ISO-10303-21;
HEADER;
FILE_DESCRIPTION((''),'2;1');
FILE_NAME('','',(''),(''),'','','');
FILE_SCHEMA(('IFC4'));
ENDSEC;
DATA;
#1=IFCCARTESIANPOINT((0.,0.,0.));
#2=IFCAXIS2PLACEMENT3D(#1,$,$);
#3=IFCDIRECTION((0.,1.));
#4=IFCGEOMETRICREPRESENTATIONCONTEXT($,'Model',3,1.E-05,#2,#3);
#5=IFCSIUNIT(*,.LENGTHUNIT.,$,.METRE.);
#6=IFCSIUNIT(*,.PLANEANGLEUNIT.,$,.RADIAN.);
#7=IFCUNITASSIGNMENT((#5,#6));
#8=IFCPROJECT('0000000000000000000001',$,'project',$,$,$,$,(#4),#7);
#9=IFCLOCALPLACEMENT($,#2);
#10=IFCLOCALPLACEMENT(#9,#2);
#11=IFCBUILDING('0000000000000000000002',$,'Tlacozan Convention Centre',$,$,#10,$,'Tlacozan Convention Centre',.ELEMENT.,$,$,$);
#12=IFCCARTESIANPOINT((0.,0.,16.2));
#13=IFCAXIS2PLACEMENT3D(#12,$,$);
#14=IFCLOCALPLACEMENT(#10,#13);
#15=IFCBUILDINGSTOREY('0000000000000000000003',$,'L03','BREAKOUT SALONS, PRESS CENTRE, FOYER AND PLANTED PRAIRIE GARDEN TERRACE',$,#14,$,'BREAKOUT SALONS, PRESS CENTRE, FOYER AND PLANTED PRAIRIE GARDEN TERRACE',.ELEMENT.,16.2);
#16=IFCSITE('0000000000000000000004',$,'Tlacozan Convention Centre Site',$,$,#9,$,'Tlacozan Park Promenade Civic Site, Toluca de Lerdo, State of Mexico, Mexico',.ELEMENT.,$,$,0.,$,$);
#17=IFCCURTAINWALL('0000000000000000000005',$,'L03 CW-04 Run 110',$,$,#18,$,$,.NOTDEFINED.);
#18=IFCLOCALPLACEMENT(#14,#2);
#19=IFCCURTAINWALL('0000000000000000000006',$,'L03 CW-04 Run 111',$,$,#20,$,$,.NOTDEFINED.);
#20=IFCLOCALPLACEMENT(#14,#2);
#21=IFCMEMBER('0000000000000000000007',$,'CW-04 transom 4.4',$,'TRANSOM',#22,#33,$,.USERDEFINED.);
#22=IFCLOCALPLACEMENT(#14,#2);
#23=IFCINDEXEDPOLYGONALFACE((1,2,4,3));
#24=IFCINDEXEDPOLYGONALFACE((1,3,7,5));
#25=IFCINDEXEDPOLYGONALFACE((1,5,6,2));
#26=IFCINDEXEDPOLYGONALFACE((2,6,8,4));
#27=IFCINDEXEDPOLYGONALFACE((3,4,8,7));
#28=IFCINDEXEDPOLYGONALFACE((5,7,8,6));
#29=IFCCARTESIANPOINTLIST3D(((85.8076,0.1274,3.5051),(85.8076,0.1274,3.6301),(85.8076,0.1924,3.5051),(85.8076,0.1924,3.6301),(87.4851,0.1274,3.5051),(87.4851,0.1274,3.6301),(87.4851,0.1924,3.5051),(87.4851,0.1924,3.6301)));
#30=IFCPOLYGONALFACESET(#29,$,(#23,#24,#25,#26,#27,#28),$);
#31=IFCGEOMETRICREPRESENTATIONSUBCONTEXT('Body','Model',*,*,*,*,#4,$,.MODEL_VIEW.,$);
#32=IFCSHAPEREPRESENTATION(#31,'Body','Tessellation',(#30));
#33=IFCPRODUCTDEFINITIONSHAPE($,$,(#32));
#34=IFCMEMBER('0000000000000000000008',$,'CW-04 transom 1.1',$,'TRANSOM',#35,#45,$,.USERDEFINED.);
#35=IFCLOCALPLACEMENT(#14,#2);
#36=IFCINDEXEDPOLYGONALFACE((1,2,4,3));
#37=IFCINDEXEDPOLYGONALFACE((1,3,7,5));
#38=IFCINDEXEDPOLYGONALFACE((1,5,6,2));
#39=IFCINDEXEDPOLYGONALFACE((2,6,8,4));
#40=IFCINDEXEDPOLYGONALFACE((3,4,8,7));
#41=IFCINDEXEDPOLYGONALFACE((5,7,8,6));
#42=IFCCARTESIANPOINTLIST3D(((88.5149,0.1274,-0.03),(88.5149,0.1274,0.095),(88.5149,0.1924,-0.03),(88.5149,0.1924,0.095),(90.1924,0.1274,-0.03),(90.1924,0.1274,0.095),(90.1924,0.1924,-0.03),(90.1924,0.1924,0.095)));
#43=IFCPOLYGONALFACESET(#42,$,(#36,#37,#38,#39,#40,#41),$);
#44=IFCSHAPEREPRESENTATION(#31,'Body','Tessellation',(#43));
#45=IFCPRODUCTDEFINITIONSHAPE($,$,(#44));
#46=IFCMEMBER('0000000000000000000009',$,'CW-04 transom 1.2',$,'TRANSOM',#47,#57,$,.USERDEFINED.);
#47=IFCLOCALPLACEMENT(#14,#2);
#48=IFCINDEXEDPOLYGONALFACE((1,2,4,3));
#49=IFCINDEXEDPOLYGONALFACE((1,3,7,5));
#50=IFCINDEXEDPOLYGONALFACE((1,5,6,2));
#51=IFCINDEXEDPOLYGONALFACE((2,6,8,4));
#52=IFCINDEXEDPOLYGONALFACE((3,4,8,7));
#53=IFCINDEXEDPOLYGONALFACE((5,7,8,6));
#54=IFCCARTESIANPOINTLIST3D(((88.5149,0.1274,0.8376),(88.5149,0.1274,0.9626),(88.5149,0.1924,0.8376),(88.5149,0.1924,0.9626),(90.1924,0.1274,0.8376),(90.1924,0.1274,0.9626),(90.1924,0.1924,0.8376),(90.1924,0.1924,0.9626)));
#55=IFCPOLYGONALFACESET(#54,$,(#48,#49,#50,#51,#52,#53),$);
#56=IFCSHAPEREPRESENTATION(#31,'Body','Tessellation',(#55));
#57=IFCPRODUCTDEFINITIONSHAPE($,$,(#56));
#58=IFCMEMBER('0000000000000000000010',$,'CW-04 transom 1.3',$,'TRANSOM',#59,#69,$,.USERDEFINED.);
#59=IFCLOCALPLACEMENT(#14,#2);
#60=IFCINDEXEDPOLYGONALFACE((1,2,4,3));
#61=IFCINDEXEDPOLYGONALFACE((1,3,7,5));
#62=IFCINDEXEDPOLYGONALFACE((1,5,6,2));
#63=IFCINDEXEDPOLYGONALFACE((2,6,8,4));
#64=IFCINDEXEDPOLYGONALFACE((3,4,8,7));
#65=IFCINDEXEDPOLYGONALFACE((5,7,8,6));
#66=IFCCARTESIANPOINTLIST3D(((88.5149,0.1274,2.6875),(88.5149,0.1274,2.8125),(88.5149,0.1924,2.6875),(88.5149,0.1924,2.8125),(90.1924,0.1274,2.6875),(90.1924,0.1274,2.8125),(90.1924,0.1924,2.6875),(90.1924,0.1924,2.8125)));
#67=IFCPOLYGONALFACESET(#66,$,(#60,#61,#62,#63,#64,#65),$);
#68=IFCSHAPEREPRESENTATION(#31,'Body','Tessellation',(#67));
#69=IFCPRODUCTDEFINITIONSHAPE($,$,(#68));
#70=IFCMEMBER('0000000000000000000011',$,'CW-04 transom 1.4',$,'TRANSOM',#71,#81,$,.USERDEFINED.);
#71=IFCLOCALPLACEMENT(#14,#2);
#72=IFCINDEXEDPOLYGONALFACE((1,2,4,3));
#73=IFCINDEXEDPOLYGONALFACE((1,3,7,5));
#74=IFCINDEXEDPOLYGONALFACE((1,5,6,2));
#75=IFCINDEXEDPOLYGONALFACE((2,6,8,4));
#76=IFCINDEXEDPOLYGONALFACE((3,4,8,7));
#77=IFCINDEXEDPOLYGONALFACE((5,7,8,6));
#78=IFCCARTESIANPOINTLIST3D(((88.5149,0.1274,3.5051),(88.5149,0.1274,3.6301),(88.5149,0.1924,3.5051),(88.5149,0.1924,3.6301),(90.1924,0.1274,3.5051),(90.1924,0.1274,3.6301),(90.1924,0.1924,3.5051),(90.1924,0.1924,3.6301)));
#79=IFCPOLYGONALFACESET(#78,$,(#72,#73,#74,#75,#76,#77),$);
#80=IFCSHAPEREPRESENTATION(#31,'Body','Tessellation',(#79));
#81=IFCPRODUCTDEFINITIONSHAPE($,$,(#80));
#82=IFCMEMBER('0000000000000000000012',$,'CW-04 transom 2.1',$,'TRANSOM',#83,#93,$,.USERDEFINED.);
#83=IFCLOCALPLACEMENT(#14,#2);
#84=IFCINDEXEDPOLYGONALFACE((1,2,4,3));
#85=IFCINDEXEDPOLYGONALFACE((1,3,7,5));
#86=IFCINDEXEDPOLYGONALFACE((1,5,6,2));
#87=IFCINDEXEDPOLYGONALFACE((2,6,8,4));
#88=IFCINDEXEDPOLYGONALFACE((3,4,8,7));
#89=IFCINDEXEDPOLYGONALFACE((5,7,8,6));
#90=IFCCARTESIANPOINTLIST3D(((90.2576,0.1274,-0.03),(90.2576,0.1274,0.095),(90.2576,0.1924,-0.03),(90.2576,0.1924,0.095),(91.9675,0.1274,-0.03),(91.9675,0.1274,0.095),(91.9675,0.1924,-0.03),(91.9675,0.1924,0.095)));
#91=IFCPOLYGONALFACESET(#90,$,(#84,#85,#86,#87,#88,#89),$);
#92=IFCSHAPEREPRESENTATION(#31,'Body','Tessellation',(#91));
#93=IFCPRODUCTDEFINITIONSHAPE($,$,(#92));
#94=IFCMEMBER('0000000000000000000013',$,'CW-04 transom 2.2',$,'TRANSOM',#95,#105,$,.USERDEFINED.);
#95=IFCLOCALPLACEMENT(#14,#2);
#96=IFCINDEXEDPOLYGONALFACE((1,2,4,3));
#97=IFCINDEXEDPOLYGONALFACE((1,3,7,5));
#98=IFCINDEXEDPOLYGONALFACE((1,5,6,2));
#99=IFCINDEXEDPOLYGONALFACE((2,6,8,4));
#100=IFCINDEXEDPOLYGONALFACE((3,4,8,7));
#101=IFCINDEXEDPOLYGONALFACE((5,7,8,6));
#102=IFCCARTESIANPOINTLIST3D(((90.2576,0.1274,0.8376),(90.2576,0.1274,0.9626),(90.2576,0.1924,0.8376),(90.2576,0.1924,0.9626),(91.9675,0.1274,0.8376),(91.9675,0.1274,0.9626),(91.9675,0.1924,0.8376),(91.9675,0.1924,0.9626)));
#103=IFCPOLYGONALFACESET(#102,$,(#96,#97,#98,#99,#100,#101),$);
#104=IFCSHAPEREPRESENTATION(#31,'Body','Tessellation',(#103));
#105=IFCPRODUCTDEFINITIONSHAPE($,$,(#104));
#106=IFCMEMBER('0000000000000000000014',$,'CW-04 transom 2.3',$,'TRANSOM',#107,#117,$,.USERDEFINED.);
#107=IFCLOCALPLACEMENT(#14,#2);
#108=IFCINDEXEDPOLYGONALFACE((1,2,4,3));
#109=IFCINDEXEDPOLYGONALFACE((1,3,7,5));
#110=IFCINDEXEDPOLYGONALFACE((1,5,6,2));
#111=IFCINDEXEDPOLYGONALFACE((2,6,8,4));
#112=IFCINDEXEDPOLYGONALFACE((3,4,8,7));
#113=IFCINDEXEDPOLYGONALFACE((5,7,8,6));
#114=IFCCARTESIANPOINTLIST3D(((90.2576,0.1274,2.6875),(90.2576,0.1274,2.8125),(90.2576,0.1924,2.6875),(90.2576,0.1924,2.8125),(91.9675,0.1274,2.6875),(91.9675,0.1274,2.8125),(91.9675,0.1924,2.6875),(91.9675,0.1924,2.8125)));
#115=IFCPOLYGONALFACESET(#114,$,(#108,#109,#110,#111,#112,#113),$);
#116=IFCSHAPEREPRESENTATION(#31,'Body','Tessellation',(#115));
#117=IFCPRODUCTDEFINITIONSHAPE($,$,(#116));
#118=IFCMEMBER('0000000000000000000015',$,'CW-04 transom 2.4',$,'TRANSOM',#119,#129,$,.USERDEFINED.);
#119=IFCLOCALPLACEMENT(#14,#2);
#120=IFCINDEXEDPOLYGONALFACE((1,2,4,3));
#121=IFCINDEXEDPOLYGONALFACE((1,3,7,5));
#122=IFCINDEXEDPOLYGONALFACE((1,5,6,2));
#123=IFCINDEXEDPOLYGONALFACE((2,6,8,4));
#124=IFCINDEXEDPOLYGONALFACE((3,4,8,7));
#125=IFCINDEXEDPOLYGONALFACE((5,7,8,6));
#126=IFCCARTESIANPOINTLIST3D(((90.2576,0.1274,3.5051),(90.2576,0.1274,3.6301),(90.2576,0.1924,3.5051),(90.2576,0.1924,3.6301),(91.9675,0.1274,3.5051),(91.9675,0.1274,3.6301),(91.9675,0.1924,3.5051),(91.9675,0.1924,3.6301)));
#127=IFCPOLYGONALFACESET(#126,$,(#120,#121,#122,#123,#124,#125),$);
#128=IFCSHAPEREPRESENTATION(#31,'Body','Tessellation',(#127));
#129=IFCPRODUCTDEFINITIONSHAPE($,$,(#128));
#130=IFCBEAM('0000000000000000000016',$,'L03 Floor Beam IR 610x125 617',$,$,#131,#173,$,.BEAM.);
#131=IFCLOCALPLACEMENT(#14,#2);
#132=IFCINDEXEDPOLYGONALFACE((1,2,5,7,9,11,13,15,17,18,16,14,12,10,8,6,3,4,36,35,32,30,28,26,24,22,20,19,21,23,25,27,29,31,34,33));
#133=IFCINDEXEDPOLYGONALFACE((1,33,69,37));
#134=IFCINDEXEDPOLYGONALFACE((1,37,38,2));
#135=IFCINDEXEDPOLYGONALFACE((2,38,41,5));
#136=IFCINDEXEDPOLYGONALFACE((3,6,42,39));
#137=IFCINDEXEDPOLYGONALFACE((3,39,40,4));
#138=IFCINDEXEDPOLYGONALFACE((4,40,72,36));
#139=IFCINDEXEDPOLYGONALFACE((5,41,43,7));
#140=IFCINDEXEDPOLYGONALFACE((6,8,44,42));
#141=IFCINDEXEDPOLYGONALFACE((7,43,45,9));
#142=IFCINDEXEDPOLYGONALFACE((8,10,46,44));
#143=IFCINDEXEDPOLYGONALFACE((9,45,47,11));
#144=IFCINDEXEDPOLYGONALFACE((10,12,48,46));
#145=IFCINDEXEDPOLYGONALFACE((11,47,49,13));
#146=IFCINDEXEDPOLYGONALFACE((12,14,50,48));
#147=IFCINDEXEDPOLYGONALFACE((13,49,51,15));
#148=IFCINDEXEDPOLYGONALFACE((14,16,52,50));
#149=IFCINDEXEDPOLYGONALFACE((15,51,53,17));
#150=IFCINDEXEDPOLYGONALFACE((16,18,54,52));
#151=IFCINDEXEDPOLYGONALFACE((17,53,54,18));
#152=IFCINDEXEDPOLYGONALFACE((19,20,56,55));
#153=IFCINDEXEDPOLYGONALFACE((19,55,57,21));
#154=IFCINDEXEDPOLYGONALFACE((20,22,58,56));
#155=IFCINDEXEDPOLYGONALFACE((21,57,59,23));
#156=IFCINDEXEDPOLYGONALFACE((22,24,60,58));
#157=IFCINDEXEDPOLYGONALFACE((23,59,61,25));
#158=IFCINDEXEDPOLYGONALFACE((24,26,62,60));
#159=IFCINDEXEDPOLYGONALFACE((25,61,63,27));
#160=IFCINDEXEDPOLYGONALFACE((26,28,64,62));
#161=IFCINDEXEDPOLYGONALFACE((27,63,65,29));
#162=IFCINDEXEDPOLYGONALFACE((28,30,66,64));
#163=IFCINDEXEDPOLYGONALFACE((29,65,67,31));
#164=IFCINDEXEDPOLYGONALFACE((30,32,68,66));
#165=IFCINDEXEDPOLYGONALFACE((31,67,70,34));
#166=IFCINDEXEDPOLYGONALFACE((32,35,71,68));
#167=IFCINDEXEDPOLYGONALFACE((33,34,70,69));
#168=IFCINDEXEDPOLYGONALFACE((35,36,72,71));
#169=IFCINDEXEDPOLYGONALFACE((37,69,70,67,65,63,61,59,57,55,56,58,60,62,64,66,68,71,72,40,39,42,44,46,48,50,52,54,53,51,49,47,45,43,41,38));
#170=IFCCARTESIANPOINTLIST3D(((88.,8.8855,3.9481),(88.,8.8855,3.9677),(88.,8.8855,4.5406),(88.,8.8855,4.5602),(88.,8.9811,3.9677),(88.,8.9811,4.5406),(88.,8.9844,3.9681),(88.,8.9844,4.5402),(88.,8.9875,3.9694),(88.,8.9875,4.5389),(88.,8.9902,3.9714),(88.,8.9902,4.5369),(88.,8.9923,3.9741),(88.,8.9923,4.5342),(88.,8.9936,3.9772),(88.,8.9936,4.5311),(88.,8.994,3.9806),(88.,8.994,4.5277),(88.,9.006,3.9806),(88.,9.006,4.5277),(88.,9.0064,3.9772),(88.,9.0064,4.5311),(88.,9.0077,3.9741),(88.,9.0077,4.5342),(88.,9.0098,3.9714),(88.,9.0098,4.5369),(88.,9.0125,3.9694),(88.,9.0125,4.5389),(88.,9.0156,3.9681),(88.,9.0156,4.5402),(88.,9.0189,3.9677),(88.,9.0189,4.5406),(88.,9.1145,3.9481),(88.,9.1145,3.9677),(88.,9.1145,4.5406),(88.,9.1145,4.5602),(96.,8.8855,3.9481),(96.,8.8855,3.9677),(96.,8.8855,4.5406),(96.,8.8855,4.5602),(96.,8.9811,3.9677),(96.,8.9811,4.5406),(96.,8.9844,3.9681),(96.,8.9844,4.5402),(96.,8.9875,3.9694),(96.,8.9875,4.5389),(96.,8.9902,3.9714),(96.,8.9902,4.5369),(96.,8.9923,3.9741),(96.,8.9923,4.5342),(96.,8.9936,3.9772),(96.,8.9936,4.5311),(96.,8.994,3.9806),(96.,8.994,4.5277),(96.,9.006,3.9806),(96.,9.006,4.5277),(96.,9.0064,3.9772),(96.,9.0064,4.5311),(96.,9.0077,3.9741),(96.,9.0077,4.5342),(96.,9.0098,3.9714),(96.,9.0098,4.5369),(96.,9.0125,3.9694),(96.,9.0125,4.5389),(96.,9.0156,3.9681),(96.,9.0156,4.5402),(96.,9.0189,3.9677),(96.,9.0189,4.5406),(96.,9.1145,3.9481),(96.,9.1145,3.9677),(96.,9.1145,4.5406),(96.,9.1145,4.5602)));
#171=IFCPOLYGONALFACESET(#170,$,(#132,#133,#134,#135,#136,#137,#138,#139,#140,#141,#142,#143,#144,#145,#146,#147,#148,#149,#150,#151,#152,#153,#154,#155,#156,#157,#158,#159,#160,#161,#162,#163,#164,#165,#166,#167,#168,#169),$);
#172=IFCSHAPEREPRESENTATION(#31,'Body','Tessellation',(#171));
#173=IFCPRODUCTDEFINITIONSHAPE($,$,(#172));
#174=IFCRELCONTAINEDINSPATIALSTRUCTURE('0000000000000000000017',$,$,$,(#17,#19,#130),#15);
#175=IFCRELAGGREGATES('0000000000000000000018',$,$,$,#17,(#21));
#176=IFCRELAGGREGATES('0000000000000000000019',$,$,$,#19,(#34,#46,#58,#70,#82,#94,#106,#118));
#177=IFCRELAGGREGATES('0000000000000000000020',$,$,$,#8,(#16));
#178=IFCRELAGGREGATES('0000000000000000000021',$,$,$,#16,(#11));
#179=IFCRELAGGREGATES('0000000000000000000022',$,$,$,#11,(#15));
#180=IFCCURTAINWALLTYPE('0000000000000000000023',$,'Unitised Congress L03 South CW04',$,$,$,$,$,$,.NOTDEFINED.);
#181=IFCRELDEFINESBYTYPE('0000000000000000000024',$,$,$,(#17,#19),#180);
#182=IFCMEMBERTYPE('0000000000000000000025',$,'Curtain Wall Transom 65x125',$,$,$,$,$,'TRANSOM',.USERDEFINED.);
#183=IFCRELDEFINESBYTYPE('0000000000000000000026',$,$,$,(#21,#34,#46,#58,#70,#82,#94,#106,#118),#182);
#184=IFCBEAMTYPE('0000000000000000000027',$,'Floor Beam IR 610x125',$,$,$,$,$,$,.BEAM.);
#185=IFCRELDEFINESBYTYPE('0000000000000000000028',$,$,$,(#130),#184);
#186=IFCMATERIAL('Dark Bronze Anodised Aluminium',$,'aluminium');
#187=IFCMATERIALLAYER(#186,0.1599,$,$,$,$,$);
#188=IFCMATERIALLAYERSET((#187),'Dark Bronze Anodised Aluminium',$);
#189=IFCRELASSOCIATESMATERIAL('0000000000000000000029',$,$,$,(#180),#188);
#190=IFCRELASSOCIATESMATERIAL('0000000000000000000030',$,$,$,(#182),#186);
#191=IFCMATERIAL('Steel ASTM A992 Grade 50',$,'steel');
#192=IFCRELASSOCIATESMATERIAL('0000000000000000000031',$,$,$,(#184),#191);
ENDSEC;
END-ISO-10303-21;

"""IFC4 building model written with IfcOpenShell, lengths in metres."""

from ifc_helpers import new_model, si_unit, direction, frame, origin, origin_2d, place, context, subcontext, project, spatial, rectangle, i_section, extrude, material, layer, layer_set, material_profile, profile_set, type_object, element, aggregate, save


model = new_model("IFC4")

# Units and contexts
model_context = context("Model", 3, precision=1e-05, world=origin(), true_north=direction((0.0, 1.0)))
body_context = subcontext(model_context, "Body", "Model", "MODEL_VIEW")
ifc_project = project(units=[si_unit("LENGTHUNIT", "METRE"), si_unit("PLANEANGLEUNIT", "RADIAN")], contexts=[model_context])

# Site, building, storey
site_placement = place(None, origin())
site = spatial("IfcSite", under=ifc_project, at=site_placement, Name="Tlacozan Convention Centre Site", LongName="Tlacozan Park Promenade Civic Site, Toluca de Lerdo, State of Mexico, Mexico", CompositionType="ELEMENT", RefElevation=0.0)
building_placement = place(site_placement, origin())
building = spatial("IfcBuilding", under=site, at=building_placement, Name="Tlacozan Convention Centre", LongName="Tlacozan Convention Centre", CompositionType="ELEMENT")
storey_placement = place(building_placement, frame((0.0, 0.0, 16.2)))
storey = spatial("IfcBuildingStorey", under=building, at=storey_placement, Name="L03", Description="BREAKOUT SALONS, PRESS CENTRE, FOYER AND PLANTED PRAIRIE GARDEN TERRACE", LongName="BREAKOUT SALONS, PRESS CENTRE, FOYER AND PLANTED PRAIRIE GARDEN TERRACE", CompositionType="ELEMENT", Elevation=16.2)

# Curtain walls
ifc_material_1 = material(Name="Dark Bronze Anodised Aluminium", Category="aluminium")
ifc_layer_1 = layer(ifc_material_1, 0.1599)
ifc_layer_set_1 = layer_set([ifc_layer_1], Name="Dark Bronze Anodised Aluminium")
curtain_wall_type = type_object("IfcCurtainWallType", Name="Unitised Congress L03 South CW04", PredefinedType="NOTDEFINED", material=ifc_layer_set_1)
curtain_wall_1_placement = place(storey_placement, origin())
curtain_wall_1 = element("IfcCurtainWall", 1, at=curtain_wall_1_placement, inside=storey, type_object=curtain_wall_type, Name="L03 CW-04 Run 110", PredefinedType="NOTDEFINED")
curtain_wall_2_placement = place(storey_placement, origin())
curtain_wall_2 = element("IfcCurtainWall", 2, at=curtain_wall_2_placement, inside=storey, type_object=curtain_wall_type, Name="L03 CW-04 Run 111", PredefinedType="NOTDEFINED")

# Members
ifc_material_profile_1 = material_profile(ifc_material_1, rectangle(XDim=0.0649, YDim=0.125, at=origin_2d()), Name="ALU 65x125")
ifc_profile_set_1 = profile_set([ifc_material_profile_1], Name="Dark Bronze Anodised Aluminium")
member_type_1 = type_object("IfcMemberType", Name="Curtain Wall Transom 65x125", ElementType="TRANSOM", PredefinedType="USERDEFINED", material=ifc_profile_set_1)
member_1_placement = place(storey_placement, frame((85.8076, 0.1599, 3.5676), z_axis=(1.0, 0.0, 0.0), x_axis=(0.0, 1.0, 0.0)))
member_1 = element("IfcMember", 3, at=member_1_placement, type_object=member_type_1, Name="CW-04 transom 4.4", ObjectType="TRANSOM", PredefinedType="USERDEFINED", context=body_context, shape_type="SweptSolid", body=[
    extrude(rectangle(XDim=0.0649, YDim=0.125, at=origin_2d()), origin(), (0.0, 0.0, 1.0), 1.6775),
])
member_2_placement = place(storey_placement, frame((88.5149, 0.1599, 0.0325), z_axis=(1.0, 0.0, 0.0), x_axis=(0.0, 1.0, 0.0)))
member_2 = element("IfcMember", 4, at=member_2_placement, type_object=member_type_1, Name="CW-04 transom 1.1", ObjectType="TRANSOM", PredefinedType="USERDEFINED", context=body_context, shape_type="SweptSolid", body=[
    extrude(rectangle(XDim=0.0649, YDim=0.125, at=origin_2d()), origin(), (0.0, 0.0, 1.0), 1.6775),
])
member_3_placement = place(storey_placement, frame((88.5149, 0.1599, 0.9001), z_axis=(1.0, 0.0, 0.0), x_axis=(0.0, 1.0, 0.0)))
member_3 = element("IfcMember", 5, at=member_3_placement, type_object=member_type_1, Name="CW-04 transom 1.2", ObjectType="TRANSOM", PredefinedType="USERDEFINED", context=body_context, shape_type="SweptSolid", body=[
    extrude(rectangle(XDim=0.0649, YDim=0.125, at=origin_2d()), origin(), (0.0, 0.0, 1.0), 1.6775),
])
member_4_placement = place(storey_placement, frame((88.5149, 0.1599, 2.75), z_axis=(1.0, 0.0, 0.0), x_axis=(0.0, 1.0, 0.0)))
member_4 = element("IfcMember", 6, at=member_4_placement, type_object=member_type_1, Name="CW-04 transom 1.3", ObjectType="TRANSOM", PredefinedType="USERDEFINED", context=body_context, shape_type="SweptSolid", body=[
    extrude(rectangle(XDim=0.0649, YDim=0.125, at=origin_2d()), origin(), (0.0, 0.0, 1.0), 1.6775),
])
member_5_placement = place(storey_placement, frame((88.5149, 0.1599, 3.5676), z_axis=(1.0, 0.0, 0.0), x_axis=(0.0, 1.0, 0.0)))
member_5 = element("IfcMember", 7, at=member_5_placement, type_object=member_type_1, Name="CW-04 transom 1.4", ObjectType="TRANSOM", PredefinedType="USERDEFINED", context=body_context, shape_type="SweptSolid", body=[
    extrude(rectangle(XDim=0.0649, YDim=0.125, at=origin_2d()), origin(), (0.0, 0.0, 1.0), 1.6775),
])
member_6_placement = place(storey_placement, frame((90.2576, 0.1599, 0.0325), z_axis=(1.0, 0.0, 0.0), x_axis=(0.0, 1.0, 0.0)))
member_6 = element("IfcMember", 8, at=member_6_placement, type_object=member_type_1, Name="CW-04 transom 2.1", ObjectType="TRANSOM", PredefinedType="USERDEFINED", context=body_context, shape_type="SweptSolid", body=[
    extrude(rectangle(XDim=0.0649, YDim=0.125, at=origin_2d()), origin(), (0.0, 0.0, 1.0), 1.71),
])
member_7_placement = place(storey_placement, frame((90.2576, 0.1599, 0.9001), z_axis=(1.0, 0.0, 0.0), x_axis=(0.0, 1.0, 0.0)))
member_7 = element("IfcMember", 9, at=member_7_placement, type_object=member_type_1, Name="CW-04 transom 2.2", ObjectType="TRANSOM", PredefinedType="USERDEFINED", context=body_context, shape_type="SweptSolid", body=[
    extrude(rectangle(XDim=0.0649, YDim=0.125, at=origin_2d()), origin(), (0.0, 0.0, 1.0), 1.71),
])
member_8_placement = place(storey_placement, frame((90.2576, 0.1599, 2.75), z_axis=(1.0, 0.0, 0.0), x_axis=(0.0, 1.0, 0.0)))
member_8 = element("IfcMember", 10, at=member_8_placement, type_object=member_type_1, Name="CW-04 transom 2.3", ObjectType="TRANSOM", PredefinedType="USERDEFINED", context=body_context, shape_type="SweptSolid", body=[
    extrude(rectangle(XDim=0.0649, YDim=0.125, at=origin_2d()), origin(), (0.0, 0.0, 1.0), 1.71),
])
member_9_placement = place(storey_placement, frame((90.2576, 0.1599, 3.5676), z_axis=(1.0, 0.0, 0.0), x_axis=(0.0, 1.0, 0.0)))
member_9 = element("IfcMember", 11, at=member_9_placement, type_object=member_type_1, Name="CW-04 transom 2.4", ObjectType="TRANSOM", PredefinedType="USERDEFINED", context=body_context, shape_type="SweptSolid", body=[
    extrude(rectangle(XDim=0.0649, YDim=0.125, at=origin_2d()), origin(), (0.0, 0.0, 1.0), 1.71),
])

# Beam
ifc_material_2 = material(Name="Steel ASTM A992 Grade 50", Category="steel")
ifc_material_profile_2 = material_profile(ifc_material_2, i_section(OverallWidth=0.229, OverallDepth=0.6121, WebThickness=0.012, FlangeThickness=0.0195, FilletRadius=0.0129, at=origin_2d()), Name="IR 610x125.0")
ifc_profile_set_2 = profile_set([ifc_material_profile_2], Name="Steel ASTM A992 Grade 50")
beam_type_1 = type_object("IfcBeamType", Name="Floor Beam IR 610x125", PredefinedType="BEAM", material=ifc_profile_set_2)
for number, where, z_axis, x_axis, name in (
    (12, (88.0, 9.0, 4.2542), (1.0, 0.0, 0.0), (0.0, 1.0, 0.0), "L03 Floor Beam IR 610x125 617"),
):
    element("IfcBeam", number, at=place(storey_placement, frame(where, z_axis=z_axis, x_axis=x_axis)), inside=storey, type_object=beam_type_1, Name=name, PredefinedType="BEAM", context=body_context, shape_type="SweptSolid", body=[
        extrude(i_section(OverallWidth=0.229, OverallDepth=0.6121, WebThickness=0.012, FlangeThickness=0.0195, FilletRadius=0.0129, at=origin_2d()), origin(), (0.0, 0.0, 1.0), 8.0),
    ])

aggregate(curtain_wall_1, [member_1])
aggregate(curtain_wall_2, [member_2, member_3, member_4, member_5, member_6, member_7, member_8, member_9])

save(model, "model.ifc")
